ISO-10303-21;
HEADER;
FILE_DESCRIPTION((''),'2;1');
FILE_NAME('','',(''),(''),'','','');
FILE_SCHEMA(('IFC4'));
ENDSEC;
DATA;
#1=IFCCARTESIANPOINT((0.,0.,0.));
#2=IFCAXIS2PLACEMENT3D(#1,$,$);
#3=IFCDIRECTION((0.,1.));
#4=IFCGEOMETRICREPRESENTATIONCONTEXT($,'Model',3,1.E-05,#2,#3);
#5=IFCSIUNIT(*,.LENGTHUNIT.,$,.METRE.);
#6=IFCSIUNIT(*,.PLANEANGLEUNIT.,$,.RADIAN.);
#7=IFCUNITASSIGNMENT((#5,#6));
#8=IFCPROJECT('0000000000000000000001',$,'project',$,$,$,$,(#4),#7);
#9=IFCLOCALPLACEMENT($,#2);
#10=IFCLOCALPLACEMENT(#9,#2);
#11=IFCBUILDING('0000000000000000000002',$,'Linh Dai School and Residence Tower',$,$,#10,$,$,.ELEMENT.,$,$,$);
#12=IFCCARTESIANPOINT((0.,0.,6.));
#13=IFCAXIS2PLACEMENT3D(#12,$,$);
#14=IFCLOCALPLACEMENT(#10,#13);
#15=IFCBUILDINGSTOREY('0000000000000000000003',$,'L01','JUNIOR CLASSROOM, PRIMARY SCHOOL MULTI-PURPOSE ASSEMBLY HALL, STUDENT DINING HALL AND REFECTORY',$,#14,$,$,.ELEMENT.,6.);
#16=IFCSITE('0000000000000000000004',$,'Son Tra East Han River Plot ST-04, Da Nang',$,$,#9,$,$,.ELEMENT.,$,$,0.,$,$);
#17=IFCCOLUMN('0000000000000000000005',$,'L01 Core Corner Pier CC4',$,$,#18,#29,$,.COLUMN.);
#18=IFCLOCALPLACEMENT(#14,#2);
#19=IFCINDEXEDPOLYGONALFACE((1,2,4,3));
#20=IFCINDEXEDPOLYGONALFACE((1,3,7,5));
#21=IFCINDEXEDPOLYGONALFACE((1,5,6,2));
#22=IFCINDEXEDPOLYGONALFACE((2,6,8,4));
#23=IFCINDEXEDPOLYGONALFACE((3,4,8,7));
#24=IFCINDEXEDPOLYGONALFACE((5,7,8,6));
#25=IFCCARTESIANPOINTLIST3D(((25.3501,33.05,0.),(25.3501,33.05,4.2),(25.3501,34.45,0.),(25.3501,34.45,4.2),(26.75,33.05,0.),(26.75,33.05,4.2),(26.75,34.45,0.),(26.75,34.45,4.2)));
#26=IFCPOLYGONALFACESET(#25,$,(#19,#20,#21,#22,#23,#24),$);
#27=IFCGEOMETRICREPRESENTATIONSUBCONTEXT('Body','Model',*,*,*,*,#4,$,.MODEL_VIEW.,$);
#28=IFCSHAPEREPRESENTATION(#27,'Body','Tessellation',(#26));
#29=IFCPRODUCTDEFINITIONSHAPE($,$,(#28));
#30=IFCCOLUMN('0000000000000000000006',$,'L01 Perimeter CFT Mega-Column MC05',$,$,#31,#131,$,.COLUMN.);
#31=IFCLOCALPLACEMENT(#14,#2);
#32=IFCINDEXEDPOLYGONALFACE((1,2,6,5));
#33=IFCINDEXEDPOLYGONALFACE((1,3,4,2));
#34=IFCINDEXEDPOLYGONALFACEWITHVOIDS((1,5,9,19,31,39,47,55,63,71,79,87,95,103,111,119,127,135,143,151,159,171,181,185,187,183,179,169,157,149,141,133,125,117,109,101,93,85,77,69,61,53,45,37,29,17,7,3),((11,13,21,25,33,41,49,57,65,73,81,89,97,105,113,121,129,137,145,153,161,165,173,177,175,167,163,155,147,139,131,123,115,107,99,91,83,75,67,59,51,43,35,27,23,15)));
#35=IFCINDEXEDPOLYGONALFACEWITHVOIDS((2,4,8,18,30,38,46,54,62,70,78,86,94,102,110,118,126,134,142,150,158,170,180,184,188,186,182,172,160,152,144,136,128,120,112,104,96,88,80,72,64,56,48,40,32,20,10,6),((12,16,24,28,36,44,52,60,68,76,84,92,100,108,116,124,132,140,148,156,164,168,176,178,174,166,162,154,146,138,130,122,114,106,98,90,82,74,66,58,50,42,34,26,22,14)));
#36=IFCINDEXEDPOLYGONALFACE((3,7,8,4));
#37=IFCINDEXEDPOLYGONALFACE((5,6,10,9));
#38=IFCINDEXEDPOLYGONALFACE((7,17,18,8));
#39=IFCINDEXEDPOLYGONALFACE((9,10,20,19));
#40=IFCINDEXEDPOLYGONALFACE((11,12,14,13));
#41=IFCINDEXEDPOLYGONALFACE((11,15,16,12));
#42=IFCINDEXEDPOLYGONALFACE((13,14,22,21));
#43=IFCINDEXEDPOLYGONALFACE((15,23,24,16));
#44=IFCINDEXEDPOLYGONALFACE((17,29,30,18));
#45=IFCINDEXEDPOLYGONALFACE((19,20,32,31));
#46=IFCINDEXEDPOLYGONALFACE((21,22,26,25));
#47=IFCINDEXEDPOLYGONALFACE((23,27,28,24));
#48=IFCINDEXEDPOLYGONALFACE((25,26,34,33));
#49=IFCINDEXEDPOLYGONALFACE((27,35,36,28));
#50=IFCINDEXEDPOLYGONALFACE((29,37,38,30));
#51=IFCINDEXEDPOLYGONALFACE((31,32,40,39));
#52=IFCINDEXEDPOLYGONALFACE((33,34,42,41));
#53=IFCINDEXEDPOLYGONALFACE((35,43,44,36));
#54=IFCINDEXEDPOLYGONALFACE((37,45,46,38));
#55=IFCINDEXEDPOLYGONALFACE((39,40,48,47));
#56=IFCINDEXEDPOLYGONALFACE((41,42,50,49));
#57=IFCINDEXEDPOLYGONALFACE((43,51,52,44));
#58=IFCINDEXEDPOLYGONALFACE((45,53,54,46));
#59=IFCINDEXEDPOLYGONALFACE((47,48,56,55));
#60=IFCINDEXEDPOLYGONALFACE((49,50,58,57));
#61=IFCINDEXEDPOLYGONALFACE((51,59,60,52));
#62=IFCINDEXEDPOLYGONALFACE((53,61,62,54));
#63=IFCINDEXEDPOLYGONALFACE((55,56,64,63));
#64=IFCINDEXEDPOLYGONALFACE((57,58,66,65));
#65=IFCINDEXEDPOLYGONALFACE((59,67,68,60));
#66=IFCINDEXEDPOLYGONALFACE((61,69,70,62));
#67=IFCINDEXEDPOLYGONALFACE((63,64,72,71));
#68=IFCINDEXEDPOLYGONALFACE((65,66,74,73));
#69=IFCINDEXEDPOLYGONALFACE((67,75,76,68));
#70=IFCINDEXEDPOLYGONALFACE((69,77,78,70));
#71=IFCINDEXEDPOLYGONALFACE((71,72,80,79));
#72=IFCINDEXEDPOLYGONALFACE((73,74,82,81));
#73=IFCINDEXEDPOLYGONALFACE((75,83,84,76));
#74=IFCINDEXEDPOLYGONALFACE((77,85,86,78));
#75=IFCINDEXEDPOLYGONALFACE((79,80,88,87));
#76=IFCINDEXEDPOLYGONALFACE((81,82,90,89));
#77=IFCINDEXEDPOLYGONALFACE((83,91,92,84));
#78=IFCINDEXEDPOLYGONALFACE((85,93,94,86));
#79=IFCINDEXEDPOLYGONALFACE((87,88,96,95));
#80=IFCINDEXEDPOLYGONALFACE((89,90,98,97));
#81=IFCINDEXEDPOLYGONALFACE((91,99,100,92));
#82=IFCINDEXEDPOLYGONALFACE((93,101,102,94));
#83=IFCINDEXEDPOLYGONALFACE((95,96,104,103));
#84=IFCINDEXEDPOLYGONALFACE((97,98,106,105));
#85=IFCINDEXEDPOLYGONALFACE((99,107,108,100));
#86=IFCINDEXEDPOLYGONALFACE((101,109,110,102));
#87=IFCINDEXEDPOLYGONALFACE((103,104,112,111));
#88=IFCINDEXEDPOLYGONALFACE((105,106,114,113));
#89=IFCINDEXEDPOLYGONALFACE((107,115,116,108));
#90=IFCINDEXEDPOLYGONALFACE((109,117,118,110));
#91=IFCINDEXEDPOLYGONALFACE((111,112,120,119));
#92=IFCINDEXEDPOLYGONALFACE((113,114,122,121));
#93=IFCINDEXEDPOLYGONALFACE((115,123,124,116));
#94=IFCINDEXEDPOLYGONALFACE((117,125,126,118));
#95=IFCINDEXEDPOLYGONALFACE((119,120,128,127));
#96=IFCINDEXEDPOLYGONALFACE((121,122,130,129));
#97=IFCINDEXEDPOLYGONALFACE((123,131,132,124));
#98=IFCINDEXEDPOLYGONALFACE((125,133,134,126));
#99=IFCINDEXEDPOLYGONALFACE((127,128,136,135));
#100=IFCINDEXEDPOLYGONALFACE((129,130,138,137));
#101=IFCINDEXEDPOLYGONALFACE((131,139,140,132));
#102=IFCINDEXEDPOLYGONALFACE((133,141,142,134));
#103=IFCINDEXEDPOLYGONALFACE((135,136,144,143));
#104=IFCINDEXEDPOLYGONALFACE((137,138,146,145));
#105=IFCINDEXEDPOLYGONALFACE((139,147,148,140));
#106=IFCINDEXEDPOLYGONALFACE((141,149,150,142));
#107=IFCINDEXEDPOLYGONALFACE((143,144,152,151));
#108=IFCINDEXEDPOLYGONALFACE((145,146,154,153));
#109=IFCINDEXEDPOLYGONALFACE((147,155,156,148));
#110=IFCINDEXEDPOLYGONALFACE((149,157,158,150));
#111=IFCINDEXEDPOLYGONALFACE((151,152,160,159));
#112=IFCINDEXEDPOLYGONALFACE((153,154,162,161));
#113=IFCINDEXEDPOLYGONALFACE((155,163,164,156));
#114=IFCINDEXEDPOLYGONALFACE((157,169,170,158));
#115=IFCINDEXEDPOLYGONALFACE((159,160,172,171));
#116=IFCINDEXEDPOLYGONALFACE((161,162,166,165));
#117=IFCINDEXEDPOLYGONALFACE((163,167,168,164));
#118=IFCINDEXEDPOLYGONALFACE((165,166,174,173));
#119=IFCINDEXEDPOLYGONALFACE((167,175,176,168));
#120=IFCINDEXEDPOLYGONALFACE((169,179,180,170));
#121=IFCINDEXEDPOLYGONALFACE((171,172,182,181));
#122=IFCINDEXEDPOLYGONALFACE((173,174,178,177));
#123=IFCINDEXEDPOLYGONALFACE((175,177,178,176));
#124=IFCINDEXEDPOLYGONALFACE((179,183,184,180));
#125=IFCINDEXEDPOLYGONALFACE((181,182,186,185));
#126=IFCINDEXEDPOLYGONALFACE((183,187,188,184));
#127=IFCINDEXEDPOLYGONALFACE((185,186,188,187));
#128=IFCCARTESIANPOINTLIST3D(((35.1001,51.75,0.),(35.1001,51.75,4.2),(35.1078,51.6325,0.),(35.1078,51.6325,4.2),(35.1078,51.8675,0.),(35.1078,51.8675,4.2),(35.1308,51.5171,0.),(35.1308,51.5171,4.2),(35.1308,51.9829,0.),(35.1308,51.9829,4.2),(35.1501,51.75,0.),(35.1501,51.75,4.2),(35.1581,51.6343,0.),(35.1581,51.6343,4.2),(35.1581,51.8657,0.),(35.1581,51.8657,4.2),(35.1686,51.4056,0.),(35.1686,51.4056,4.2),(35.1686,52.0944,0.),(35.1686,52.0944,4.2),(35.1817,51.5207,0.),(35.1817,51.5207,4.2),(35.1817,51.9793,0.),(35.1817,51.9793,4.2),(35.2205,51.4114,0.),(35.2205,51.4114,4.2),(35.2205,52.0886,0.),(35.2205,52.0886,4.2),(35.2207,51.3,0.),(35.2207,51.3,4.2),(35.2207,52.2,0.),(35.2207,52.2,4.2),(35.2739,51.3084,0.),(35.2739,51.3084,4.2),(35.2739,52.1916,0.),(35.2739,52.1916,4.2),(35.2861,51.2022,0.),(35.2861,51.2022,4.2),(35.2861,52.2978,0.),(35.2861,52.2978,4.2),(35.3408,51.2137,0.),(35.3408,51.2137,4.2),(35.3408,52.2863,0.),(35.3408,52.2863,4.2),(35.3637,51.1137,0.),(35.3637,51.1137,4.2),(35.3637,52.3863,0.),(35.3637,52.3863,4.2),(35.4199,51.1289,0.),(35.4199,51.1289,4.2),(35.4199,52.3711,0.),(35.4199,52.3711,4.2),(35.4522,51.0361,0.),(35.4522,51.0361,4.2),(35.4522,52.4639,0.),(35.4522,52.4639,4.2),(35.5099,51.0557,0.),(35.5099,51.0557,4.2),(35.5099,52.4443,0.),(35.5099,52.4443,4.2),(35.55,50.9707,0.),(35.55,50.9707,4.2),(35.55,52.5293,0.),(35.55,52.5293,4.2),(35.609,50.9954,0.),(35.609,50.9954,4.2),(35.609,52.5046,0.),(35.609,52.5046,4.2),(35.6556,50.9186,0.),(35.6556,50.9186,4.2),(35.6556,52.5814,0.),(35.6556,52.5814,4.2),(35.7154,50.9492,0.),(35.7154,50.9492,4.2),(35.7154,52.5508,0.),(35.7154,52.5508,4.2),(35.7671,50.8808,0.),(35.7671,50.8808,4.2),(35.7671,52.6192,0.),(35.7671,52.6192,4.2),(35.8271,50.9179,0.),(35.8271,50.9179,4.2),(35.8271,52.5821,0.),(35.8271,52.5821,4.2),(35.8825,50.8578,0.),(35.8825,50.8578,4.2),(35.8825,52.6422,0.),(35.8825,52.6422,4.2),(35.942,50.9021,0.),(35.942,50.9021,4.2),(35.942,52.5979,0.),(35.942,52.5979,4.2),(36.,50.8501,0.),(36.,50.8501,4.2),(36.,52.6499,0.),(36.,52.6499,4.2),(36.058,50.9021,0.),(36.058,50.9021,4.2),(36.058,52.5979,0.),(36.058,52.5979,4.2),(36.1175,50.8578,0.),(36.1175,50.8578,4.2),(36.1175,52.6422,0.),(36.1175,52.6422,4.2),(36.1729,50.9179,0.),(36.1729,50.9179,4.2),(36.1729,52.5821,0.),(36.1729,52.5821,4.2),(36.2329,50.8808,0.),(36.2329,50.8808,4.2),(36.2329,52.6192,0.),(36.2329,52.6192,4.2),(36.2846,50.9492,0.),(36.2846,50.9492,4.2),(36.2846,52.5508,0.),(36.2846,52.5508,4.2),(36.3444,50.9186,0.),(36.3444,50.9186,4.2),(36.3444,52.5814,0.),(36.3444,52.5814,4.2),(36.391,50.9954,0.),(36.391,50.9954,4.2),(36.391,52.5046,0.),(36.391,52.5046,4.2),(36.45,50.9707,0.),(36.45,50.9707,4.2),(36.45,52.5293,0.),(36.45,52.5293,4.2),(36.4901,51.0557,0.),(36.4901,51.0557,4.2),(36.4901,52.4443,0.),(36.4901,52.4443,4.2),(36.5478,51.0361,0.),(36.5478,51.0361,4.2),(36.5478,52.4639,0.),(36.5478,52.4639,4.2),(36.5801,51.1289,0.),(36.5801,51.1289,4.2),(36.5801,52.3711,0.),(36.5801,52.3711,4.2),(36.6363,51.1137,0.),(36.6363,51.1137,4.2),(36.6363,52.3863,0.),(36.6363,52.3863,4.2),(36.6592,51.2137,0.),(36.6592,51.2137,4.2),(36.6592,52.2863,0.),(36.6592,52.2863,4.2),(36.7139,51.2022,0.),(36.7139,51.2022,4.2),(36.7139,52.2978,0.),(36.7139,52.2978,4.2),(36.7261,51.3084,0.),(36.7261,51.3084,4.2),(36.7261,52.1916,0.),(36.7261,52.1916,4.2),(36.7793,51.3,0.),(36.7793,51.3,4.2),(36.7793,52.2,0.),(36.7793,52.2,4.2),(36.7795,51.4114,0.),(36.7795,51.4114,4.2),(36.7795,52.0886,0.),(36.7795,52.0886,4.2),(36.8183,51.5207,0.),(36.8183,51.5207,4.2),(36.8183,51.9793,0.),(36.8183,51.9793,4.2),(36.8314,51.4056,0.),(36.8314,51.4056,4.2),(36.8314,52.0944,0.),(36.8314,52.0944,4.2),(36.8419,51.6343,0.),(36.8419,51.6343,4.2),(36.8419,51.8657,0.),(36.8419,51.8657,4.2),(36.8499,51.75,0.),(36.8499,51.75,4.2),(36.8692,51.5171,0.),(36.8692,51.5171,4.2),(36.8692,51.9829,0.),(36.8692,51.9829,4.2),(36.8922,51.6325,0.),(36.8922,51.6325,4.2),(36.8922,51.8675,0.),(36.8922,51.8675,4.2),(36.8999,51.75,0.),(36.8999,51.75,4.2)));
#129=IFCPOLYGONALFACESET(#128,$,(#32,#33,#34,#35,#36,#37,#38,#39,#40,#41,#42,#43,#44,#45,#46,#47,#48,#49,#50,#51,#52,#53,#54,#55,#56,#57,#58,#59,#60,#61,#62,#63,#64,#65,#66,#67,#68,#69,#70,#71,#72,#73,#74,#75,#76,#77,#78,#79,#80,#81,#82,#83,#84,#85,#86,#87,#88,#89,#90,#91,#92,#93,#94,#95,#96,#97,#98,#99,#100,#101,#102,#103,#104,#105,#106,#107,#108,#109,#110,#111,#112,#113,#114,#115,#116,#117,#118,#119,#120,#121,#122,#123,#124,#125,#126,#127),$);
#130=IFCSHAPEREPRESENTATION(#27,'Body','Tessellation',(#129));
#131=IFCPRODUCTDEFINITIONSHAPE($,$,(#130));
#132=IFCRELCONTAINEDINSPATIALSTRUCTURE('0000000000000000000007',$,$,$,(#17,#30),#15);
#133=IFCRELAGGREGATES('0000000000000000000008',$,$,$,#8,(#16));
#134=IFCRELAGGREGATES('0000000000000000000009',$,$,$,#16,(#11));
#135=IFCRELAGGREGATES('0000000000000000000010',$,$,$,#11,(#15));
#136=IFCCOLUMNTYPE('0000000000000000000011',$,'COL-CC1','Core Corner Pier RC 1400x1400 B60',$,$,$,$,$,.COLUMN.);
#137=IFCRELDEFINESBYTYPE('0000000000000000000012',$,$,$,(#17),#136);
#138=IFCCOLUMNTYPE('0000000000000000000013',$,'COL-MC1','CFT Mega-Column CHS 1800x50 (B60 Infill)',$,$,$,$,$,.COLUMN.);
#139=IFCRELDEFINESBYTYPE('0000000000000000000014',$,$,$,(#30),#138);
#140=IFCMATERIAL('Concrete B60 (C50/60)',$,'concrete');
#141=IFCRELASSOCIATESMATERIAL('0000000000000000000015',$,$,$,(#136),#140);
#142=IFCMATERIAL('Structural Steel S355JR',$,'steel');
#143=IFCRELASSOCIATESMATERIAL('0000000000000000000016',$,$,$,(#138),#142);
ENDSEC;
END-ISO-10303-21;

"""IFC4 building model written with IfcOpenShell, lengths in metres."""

from ifc_helpers import new_model, si_unit, direction, frame, origin, origin_2d, place, context, subcontext, project, spatial, rectangle, hollow_circle, extrude, material, material_profile, profile_set, type_object, element, save


model = new_model("IFC4")

# Units and contexts
model_context = context("Model", 3, precision=1e-05, world=origin(), true_north=direction((0.0, 1.0)))
body_context = subcontext(model_context, "Body", "Model", "MODEL_VIEW")
ifc_project = project(units=[si_unit("LENGTHUNIT", "METRE"), si_unit("PLANEANGLEUNIT", "RADIAN")], contexts=[model_context])

# Site, building, storey
site_placement = place(None, origin())
site = spatial("IfcSite", under=ifc_project, at=site_placement, Name="Son Tra East Han River Plot ST-04, Da Nang", CompositionType="ELEMENT", RefElevation=0.0)
building_placement = place(site_placement, origin())
building = spatial("IfcBuilding", under=site, at=building_placement, Name="Linh Dai School and Residence Tower", CompositionType="ELEMENT")
storey_placement = place(building_placement, frame((0.0, 0.0, 6.0)))
storey = spatial("IfcBuildingStorey", under=building, at=storey_placement, Name="L01", Description="JUNIOR CLASSROOM, PRIMARY SCHOOL MULTI-PURPOSE ASSEMBLY HALL, STUDENT DINING HALL AND REFECTORY", CompositionType="ELEMENT", Elevation=6.0)

# Columns
ifc_material_1 = material(Name="Concrete B60 (C50/60)", Category="concrete")
ifc_material_profile_1 = material_profile(ifc_material_1, rectangle(XDim=1.3999, YDim=1.3999, at=origin_2d()), Name="RC 1400x1400")
ifc_profile_set_1 = profile_set([ifc_material_profile_1], Name="Concrete B60 (C50/60)")
column_type_1 = type_object("IfcColumnType", Name="COL-CC1", Description="Core Corner Pier RC 1400x1400 B60", PredefinedType="COLUMN", material=ifc_profile_set_1)
column_placement = place(storey_placement, frame((26.05, 33.75, 0.0), z_axis=(0.0, 0.0, 1.0), x_axis=(1.0, 0.0, 0.0)))
element("IfcColumn", 1, at=column_placement, inside=storey, type_object=column_type_1, Name="L01 Core Corner Pier CC4", PredefinedType="COLUMN", context=body_context, shape_type="SweptSolid", body=[
    extrude(rectangle(XDim=1.3999, YDim=1.3999, at=origin_2d()), origin(), (0.0, 0.0, 1.0), 4.2),
])
ifc_material_2 = material(Name="Structural Steel S355JR", Category="steel")
ifc_material_profile_2 = material_profile(ifc_material_2, hollow_circle(Radius=0.8999, WallThickness=0.05, at=origin_2d()), Name="CHS 1800x50")
ifc_profile_set_2 = profile_set([ifc_material_profile_2], Name="Structural Steel S355JR")
column_type_2 = type_object("IfcColumnType", Name="COL-MC1", Description="CFT Mega-Column CHS 1800x50 (B60 Infill)", PredefinedType="COLUMN", material=ifc_profile_set_2)
for number, where, z_axis, x_axis, name in (
    (2, (36.0, 51.75, 0.0), (0.0, 0.0, 1.0), (1.0, 0.0, 0.0), "L01 Perimeter CFT Mega-Column MC05"),
):
    element("IfcColumn", number, at=place(storey_placement, frame(where, z_axis=z_axis, x_axis=x_axis)), inside=storey, type_object=column_type_2, Name=name, PredefinedType="COLUMN", context=body_context, shape_type="SweptSolid", body=[
        extrude(hollow_circle(Radius=0.8999, WallThickness=0.05, at=origin_2d()), origin(), (0.0, 0.0, 1.0), 4.2),
    ])

save(model, "model.ifc")
